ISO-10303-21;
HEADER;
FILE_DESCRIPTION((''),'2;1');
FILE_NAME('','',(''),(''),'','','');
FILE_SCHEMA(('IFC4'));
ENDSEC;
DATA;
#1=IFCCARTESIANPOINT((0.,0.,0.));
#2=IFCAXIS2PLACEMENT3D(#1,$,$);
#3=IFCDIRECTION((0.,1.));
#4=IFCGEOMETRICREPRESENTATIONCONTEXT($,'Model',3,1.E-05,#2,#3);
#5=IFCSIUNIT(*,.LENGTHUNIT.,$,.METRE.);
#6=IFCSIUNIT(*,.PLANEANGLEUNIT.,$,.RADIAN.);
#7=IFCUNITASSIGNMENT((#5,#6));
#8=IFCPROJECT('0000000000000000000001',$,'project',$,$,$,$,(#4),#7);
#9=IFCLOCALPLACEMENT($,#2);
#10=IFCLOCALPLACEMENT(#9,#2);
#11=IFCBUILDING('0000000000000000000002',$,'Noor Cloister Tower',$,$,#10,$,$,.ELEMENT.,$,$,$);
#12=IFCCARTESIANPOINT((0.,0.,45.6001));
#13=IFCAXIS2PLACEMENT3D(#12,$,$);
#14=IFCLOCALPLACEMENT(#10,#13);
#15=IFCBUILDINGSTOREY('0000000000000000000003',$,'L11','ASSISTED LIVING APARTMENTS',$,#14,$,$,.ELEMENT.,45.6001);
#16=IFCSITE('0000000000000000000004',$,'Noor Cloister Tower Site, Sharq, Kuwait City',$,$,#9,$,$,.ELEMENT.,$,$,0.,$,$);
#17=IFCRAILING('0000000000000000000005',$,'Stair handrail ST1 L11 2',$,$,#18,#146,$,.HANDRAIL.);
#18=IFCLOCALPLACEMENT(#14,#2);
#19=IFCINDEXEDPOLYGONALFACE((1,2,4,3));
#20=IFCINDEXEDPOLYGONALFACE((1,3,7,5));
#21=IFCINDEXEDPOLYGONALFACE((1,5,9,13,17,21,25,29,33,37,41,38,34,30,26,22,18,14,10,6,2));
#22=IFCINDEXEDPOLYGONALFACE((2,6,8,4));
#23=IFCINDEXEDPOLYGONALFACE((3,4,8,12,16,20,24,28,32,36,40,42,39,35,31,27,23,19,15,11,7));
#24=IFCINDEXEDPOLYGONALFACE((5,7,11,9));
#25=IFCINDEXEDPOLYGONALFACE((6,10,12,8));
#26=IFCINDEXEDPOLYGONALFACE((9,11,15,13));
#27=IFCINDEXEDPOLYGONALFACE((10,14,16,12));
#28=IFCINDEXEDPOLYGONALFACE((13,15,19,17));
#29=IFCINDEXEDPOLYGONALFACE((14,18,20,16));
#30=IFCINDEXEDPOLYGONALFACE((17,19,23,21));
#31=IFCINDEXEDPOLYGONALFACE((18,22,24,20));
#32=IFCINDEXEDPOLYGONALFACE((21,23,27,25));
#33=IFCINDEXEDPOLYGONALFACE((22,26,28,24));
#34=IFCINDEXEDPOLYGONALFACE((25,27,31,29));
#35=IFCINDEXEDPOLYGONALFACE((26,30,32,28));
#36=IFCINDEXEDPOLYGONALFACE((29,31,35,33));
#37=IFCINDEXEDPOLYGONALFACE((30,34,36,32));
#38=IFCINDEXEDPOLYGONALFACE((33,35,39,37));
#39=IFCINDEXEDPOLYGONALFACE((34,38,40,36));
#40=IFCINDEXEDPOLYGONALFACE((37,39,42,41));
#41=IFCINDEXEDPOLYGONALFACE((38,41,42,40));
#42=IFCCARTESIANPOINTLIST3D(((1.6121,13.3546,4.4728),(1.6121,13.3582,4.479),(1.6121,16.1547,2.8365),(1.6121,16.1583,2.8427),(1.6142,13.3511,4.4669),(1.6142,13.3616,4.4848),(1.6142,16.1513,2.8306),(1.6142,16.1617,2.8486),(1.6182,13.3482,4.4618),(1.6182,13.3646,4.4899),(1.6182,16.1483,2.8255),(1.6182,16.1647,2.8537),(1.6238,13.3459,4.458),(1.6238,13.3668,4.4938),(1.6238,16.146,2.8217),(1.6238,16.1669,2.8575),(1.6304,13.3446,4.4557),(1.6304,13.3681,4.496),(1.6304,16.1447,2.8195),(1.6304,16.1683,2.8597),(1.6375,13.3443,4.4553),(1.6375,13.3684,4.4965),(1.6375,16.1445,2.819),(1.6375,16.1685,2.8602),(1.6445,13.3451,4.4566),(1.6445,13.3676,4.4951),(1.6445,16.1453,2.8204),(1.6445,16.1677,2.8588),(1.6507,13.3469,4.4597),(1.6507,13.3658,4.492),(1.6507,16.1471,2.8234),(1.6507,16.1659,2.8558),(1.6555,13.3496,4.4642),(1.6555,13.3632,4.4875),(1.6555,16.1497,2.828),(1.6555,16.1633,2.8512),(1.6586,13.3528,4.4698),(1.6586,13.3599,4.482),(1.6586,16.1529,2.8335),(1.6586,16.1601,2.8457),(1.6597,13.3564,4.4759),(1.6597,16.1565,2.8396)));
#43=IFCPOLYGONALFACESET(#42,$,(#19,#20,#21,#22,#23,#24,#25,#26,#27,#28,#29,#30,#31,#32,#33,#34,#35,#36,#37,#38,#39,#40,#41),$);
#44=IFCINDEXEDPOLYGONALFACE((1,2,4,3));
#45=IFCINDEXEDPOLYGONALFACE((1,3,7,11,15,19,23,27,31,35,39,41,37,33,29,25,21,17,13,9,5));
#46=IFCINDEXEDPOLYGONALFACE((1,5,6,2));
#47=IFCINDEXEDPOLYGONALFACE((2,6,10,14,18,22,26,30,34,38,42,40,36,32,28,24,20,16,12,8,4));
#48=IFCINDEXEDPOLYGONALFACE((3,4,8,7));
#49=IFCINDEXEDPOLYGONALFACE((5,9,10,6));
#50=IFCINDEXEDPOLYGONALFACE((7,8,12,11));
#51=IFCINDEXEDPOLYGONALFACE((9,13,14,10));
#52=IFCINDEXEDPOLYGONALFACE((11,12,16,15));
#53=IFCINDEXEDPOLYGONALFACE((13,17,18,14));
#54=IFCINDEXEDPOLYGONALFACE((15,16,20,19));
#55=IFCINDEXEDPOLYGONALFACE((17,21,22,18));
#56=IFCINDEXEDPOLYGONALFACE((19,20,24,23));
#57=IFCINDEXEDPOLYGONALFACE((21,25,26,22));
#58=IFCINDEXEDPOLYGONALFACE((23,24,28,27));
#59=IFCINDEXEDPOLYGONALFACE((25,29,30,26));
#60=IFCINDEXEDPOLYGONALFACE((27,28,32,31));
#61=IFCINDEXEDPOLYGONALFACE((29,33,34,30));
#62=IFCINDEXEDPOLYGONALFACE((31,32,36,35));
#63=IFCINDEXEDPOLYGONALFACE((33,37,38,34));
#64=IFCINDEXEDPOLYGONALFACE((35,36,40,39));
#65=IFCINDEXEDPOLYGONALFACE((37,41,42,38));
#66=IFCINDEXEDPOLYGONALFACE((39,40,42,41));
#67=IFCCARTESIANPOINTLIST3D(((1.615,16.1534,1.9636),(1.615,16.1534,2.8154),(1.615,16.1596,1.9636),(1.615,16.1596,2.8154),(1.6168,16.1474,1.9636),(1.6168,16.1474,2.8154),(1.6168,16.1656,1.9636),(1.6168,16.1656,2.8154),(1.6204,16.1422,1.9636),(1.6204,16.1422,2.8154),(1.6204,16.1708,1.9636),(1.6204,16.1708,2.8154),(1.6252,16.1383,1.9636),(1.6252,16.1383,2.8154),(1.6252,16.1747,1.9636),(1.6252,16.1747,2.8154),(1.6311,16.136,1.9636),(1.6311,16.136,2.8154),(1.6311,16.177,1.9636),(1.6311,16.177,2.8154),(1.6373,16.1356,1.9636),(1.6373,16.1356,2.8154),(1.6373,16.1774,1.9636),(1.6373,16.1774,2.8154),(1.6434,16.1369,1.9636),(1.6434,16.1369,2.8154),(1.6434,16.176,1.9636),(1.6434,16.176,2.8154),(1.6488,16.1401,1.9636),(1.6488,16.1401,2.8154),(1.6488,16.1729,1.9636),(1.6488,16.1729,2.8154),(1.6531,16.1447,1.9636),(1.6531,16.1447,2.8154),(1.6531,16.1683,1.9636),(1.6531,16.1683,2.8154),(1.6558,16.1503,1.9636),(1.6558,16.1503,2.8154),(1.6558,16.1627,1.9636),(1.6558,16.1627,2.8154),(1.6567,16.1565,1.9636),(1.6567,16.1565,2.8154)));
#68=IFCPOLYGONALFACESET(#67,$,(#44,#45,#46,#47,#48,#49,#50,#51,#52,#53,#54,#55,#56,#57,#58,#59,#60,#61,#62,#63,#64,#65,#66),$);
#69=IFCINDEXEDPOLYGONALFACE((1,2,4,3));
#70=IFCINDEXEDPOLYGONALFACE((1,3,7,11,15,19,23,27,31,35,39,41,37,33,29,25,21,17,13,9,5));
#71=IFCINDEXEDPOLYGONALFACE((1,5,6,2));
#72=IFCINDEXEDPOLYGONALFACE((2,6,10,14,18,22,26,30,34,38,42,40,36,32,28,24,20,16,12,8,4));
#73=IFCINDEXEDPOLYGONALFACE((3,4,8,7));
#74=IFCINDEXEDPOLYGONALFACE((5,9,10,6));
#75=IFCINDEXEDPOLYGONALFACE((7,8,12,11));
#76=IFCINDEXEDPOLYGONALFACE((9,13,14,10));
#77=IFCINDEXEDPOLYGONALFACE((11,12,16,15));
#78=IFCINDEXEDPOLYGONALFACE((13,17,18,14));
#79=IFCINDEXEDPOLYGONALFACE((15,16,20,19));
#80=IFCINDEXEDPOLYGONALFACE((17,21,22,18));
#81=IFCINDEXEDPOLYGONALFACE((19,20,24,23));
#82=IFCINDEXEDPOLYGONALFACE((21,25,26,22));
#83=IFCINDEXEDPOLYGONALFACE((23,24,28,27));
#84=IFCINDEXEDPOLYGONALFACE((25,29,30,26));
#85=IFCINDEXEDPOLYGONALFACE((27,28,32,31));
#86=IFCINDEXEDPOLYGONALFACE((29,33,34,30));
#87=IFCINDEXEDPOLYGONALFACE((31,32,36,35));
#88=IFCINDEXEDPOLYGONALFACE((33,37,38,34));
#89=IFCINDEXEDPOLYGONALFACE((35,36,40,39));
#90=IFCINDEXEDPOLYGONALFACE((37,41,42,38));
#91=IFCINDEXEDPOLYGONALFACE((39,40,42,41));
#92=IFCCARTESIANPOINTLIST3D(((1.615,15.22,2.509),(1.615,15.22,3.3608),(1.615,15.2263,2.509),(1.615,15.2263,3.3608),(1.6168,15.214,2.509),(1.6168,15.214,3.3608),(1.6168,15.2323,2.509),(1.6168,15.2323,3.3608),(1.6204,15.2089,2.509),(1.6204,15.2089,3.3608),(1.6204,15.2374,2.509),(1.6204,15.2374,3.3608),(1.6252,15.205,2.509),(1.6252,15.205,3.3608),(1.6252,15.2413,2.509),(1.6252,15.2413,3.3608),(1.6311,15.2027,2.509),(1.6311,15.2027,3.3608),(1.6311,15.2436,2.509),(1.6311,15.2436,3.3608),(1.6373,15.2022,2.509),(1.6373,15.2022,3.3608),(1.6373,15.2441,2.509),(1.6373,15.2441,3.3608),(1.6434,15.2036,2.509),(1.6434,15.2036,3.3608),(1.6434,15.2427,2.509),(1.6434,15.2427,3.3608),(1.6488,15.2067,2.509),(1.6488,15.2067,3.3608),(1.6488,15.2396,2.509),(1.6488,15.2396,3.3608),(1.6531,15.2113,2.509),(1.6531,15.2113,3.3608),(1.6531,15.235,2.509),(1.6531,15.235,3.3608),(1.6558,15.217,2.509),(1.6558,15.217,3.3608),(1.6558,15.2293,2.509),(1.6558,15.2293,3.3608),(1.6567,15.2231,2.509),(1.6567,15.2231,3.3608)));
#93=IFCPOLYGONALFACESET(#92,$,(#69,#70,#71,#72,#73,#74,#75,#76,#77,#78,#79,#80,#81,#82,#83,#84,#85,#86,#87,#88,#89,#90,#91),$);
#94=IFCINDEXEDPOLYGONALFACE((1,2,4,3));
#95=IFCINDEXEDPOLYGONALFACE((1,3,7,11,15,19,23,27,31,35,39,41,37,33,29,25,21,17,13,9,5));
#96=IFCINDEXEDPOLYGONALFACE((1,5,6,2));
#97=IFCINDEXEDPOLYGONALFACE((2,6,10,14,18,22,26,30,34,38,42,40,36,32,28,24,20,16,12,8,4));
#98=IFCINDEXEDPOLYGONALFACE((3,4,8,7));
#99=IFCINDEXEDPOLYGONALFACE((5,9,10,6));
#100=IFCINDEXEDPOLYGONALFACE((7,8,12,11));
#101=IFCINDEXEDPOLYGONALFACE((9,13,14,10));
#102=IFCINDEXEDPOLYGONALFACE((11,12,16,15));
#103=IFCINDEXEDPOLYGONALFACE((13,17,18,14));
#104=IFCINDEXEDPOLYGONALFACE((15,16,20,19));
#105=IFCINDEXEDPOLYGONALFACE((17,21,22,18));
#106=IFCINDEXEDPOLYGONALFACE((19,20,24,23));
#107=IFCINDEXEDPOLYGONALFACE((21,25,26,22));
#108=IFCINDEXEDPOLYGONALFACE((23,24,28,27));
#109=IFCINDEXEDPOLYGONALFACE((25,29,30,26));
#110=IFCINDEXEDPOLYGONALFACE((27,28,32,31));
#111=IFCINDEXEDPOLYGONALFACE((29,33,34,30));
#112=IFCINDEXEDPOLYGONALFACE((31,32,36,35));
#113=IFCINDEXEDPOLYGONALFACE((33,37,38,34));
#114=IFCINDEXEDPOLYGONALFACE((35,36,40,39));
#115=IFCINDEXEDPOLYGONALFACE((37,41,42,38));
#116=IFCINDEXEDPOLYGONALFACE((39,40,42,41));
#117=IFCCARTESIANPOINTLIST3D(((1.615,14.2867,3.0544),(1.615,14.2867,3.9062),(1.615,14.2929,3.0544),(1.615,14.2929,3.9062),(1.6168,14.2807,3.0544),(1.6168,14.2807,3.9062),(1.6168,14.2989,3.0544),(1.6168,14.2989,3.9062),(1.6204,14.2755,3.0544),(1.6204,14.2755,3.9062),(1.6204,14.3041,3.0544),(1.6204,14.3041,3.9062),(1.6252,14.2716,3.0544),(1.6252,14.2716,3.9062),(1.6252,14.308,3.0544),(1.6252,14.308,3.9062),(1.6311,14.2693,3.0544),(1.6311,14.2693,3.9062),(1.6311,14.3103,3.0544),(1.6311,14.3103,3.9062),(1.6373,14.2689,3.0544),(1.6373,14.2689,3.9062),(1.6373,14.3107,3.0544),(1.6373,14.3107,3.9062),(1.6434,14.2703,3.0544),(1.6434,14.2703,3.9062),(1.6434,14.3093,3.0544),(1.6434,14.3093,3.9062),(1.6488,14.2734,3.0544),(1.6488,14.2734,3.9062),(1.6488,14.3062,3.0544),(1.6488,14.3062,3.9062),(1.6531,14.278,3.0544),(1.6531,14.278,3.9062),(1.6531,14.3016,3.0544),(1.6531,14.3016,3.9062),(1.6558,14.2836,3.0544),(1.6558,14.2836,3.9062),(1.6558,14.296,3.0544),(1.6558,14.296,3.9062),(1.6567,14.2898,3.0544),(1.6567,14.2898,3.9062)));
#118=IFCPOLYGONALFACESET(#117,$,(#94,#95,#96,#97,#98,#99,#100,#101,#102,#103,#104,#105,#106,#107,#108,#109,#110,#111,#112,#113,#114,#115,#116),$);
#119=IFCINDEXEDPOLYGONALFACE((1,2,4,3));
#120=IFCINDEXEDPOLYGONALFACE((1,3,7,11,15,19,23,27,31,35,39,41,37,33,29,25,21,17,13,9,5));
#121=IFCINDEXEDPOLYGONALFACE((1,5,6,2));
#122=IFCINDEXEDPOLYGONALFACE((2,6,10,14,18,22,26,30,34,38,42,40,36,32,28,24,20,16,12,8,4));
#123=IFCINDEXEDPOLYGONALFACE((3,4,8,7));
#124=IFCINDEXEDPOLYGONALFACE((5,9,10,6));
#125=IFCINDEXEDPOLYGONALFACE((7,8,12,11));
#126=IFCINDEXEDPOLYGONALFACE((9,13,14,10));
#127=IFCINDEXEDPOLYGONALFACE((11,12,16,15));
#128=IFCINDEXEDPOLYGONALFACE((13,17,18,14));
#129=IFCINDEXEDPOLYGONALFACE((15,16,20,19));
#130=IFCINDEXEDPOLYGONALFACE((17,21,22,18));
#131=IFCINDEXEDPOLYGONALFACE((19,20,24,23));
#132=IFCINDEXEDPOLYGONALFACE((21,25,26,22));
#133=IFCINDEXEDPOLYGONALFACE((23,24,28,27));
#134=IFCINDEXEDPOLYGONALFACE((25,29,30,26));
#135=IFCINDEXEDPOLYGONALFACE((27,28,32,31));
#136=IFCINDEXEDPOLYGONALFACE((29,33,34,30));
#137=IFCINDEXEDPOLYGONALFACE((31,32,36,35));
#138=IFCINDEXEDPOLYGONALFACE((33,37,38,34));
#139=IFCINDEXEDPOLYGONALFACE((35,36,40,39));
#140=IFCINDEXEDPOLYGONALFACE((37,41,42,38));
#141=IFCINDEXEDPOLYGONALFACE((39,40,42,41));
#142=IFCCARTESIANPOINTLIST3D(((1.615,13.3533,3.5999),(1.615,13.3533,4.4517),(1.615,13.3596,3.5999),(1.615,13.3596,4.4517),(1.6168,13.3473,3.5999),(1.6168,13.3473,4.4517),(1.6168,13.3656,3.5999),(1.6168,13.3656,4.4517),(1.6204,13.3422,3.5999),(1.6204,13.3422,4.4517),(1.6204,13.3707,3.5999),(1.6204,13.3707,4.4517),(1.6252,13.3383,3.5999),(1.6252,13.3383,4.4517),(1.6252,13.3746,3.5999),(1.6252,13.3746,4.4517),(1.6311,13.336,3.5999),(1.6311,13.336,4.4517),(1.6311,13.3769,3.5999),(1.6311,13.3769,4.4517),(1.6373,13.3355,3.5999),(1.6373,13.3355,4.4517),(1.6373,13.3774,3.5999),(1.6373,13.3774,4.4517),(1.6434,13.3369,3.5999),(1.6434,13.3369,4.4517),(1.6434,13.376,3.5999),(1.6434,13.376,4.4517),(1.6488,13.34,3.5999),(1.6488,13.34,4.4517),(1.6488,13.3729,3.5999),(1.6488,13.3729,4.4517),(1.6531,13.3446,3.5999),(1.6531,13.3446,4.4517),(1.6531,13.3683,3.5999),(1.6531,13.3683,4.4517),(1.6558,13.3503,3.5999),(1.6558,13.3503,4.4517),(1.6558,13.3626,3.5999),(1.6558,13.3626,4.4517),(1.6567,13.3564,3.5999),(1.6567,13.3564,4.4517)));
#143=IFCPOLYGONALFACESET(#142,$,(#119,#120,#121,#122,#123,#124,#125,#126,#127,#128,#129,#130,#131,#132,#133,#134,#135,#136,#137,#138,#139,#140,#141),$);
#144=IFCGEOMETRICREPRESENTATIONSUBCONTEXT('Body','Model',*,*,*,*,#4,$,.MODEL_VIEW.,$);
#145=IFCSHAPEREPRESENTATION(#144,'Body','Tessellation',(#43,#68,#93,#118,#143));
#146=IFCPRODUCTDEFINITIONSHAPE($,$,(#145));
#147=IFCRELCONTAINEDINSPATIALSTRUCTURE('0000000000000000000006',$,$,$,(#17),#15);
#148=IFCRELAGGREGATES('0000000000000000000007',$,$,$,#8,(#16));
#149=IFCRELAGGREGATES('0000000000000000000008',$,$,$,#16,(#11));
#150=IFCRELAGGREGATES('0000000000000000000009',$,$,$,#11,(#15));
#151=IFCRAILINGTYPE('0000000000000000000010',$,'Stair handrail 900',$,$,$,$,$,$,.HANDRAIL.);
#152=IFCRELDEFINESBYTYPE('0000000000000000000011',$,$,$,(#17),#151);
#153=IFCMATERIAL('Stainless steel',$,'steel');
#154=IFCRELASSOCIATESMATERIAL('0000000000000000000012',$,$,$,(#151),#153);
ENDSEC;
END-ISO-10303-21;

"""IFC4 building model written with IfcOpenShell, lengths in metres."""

from ifc_helpers import new_model, si_unit, direction, frame, origin, origin_2d, place, context, subcontext, project, spatial, circle, extrude, material, type_object, element, save


model = new_model("IFC4")

# Units and contexts
model_context = context("Model", 3, precision=1e-05, world=origin(), true_north=direction((0.0, 1.0)))
body_context = subcontext(model_context, "Body", "Model", "MODEL_VIEW")
ifc_project = project(units=[si_unit("LENGTHUNIT", "METRE"), si_unit("PLANEANGLEUNIT", "RADIAN")], contexts=[model_context])

# Site, building, storey
site_placement = place(None, origin())
site = spatial("IfcSite", under=ifc_project, at=site_placement, Name="Noor Cloister Tower Site, Sharq, Kuwait City", CompositionType="ELEMENT", RefElevation=0.0)
building_placement = place(site_placement, origin())
building = spatial("IfcBuilding", under=site, at=building_placement, Name="Noor Cloister Tower", CompositionType="ELEMENT")
storey_placement = place(building_placement, frame((0.0, 0.0, 45.6001)))
storey = spatial("IfcBuildingStorey", under=building, at=storey_placement, Name="L11", Description="ASSISTED LIVING APARTMENTS", CompositionType="ELEMENT", Elevation=45.6001)

# Railing
ifc_material_1 = material(Name="Stainless steel", Category="steel")
railing_type_1 = type_object("IfcRailingType", Name="Stair handrail 900", PredefinedType="HANDRAIL", material=ifc_material_1)
railing_1_placement = place(storey_placement, frame((1.6357, 16.1565, 1.9636)))
element("IfcRailing", 1, at=railing_1_placement, inside=storey, type_object=railing_type_1, Name="Stair handrail ST1 L11 2", PredefinedType="HANDRAIL", context=body_context, shape_type="SweptSolid", body=[
    extrude(circle(Radius=0.0239, at=origin_2d()), frame((0.0, 0.0, 0.876), z_axis=(0.0, -0.863394, 0.504531), x_axis=(1.0, 0.0, 0.0)), (0.0, 0.0, 1.0), 3.2432),
    extrude(circle(Radius=0.021, at=origin_2d()), origin(), (0.0, 0.0, 1.0), 0.8518),
    extrude(circle(Radius=0.021, at=origin_2d()), frame((0.0, -0.9333, 0.5454)), (0.0, 0.0, 1.0), 0.8518),
    extrude(circle(Radius=0.021, at=origin_2d()), frame((0.0, -1.8667, 1.0908)), (0.0, 0.0, 1.0), 0.8518),
    extrude(circle(Radius=0.021, at=origin_2d()), frame((0.0, -2.8, 1.6362)), (0.0, 0.0, 1.0), 0.8518),
])

save(model, "model.ifc")
